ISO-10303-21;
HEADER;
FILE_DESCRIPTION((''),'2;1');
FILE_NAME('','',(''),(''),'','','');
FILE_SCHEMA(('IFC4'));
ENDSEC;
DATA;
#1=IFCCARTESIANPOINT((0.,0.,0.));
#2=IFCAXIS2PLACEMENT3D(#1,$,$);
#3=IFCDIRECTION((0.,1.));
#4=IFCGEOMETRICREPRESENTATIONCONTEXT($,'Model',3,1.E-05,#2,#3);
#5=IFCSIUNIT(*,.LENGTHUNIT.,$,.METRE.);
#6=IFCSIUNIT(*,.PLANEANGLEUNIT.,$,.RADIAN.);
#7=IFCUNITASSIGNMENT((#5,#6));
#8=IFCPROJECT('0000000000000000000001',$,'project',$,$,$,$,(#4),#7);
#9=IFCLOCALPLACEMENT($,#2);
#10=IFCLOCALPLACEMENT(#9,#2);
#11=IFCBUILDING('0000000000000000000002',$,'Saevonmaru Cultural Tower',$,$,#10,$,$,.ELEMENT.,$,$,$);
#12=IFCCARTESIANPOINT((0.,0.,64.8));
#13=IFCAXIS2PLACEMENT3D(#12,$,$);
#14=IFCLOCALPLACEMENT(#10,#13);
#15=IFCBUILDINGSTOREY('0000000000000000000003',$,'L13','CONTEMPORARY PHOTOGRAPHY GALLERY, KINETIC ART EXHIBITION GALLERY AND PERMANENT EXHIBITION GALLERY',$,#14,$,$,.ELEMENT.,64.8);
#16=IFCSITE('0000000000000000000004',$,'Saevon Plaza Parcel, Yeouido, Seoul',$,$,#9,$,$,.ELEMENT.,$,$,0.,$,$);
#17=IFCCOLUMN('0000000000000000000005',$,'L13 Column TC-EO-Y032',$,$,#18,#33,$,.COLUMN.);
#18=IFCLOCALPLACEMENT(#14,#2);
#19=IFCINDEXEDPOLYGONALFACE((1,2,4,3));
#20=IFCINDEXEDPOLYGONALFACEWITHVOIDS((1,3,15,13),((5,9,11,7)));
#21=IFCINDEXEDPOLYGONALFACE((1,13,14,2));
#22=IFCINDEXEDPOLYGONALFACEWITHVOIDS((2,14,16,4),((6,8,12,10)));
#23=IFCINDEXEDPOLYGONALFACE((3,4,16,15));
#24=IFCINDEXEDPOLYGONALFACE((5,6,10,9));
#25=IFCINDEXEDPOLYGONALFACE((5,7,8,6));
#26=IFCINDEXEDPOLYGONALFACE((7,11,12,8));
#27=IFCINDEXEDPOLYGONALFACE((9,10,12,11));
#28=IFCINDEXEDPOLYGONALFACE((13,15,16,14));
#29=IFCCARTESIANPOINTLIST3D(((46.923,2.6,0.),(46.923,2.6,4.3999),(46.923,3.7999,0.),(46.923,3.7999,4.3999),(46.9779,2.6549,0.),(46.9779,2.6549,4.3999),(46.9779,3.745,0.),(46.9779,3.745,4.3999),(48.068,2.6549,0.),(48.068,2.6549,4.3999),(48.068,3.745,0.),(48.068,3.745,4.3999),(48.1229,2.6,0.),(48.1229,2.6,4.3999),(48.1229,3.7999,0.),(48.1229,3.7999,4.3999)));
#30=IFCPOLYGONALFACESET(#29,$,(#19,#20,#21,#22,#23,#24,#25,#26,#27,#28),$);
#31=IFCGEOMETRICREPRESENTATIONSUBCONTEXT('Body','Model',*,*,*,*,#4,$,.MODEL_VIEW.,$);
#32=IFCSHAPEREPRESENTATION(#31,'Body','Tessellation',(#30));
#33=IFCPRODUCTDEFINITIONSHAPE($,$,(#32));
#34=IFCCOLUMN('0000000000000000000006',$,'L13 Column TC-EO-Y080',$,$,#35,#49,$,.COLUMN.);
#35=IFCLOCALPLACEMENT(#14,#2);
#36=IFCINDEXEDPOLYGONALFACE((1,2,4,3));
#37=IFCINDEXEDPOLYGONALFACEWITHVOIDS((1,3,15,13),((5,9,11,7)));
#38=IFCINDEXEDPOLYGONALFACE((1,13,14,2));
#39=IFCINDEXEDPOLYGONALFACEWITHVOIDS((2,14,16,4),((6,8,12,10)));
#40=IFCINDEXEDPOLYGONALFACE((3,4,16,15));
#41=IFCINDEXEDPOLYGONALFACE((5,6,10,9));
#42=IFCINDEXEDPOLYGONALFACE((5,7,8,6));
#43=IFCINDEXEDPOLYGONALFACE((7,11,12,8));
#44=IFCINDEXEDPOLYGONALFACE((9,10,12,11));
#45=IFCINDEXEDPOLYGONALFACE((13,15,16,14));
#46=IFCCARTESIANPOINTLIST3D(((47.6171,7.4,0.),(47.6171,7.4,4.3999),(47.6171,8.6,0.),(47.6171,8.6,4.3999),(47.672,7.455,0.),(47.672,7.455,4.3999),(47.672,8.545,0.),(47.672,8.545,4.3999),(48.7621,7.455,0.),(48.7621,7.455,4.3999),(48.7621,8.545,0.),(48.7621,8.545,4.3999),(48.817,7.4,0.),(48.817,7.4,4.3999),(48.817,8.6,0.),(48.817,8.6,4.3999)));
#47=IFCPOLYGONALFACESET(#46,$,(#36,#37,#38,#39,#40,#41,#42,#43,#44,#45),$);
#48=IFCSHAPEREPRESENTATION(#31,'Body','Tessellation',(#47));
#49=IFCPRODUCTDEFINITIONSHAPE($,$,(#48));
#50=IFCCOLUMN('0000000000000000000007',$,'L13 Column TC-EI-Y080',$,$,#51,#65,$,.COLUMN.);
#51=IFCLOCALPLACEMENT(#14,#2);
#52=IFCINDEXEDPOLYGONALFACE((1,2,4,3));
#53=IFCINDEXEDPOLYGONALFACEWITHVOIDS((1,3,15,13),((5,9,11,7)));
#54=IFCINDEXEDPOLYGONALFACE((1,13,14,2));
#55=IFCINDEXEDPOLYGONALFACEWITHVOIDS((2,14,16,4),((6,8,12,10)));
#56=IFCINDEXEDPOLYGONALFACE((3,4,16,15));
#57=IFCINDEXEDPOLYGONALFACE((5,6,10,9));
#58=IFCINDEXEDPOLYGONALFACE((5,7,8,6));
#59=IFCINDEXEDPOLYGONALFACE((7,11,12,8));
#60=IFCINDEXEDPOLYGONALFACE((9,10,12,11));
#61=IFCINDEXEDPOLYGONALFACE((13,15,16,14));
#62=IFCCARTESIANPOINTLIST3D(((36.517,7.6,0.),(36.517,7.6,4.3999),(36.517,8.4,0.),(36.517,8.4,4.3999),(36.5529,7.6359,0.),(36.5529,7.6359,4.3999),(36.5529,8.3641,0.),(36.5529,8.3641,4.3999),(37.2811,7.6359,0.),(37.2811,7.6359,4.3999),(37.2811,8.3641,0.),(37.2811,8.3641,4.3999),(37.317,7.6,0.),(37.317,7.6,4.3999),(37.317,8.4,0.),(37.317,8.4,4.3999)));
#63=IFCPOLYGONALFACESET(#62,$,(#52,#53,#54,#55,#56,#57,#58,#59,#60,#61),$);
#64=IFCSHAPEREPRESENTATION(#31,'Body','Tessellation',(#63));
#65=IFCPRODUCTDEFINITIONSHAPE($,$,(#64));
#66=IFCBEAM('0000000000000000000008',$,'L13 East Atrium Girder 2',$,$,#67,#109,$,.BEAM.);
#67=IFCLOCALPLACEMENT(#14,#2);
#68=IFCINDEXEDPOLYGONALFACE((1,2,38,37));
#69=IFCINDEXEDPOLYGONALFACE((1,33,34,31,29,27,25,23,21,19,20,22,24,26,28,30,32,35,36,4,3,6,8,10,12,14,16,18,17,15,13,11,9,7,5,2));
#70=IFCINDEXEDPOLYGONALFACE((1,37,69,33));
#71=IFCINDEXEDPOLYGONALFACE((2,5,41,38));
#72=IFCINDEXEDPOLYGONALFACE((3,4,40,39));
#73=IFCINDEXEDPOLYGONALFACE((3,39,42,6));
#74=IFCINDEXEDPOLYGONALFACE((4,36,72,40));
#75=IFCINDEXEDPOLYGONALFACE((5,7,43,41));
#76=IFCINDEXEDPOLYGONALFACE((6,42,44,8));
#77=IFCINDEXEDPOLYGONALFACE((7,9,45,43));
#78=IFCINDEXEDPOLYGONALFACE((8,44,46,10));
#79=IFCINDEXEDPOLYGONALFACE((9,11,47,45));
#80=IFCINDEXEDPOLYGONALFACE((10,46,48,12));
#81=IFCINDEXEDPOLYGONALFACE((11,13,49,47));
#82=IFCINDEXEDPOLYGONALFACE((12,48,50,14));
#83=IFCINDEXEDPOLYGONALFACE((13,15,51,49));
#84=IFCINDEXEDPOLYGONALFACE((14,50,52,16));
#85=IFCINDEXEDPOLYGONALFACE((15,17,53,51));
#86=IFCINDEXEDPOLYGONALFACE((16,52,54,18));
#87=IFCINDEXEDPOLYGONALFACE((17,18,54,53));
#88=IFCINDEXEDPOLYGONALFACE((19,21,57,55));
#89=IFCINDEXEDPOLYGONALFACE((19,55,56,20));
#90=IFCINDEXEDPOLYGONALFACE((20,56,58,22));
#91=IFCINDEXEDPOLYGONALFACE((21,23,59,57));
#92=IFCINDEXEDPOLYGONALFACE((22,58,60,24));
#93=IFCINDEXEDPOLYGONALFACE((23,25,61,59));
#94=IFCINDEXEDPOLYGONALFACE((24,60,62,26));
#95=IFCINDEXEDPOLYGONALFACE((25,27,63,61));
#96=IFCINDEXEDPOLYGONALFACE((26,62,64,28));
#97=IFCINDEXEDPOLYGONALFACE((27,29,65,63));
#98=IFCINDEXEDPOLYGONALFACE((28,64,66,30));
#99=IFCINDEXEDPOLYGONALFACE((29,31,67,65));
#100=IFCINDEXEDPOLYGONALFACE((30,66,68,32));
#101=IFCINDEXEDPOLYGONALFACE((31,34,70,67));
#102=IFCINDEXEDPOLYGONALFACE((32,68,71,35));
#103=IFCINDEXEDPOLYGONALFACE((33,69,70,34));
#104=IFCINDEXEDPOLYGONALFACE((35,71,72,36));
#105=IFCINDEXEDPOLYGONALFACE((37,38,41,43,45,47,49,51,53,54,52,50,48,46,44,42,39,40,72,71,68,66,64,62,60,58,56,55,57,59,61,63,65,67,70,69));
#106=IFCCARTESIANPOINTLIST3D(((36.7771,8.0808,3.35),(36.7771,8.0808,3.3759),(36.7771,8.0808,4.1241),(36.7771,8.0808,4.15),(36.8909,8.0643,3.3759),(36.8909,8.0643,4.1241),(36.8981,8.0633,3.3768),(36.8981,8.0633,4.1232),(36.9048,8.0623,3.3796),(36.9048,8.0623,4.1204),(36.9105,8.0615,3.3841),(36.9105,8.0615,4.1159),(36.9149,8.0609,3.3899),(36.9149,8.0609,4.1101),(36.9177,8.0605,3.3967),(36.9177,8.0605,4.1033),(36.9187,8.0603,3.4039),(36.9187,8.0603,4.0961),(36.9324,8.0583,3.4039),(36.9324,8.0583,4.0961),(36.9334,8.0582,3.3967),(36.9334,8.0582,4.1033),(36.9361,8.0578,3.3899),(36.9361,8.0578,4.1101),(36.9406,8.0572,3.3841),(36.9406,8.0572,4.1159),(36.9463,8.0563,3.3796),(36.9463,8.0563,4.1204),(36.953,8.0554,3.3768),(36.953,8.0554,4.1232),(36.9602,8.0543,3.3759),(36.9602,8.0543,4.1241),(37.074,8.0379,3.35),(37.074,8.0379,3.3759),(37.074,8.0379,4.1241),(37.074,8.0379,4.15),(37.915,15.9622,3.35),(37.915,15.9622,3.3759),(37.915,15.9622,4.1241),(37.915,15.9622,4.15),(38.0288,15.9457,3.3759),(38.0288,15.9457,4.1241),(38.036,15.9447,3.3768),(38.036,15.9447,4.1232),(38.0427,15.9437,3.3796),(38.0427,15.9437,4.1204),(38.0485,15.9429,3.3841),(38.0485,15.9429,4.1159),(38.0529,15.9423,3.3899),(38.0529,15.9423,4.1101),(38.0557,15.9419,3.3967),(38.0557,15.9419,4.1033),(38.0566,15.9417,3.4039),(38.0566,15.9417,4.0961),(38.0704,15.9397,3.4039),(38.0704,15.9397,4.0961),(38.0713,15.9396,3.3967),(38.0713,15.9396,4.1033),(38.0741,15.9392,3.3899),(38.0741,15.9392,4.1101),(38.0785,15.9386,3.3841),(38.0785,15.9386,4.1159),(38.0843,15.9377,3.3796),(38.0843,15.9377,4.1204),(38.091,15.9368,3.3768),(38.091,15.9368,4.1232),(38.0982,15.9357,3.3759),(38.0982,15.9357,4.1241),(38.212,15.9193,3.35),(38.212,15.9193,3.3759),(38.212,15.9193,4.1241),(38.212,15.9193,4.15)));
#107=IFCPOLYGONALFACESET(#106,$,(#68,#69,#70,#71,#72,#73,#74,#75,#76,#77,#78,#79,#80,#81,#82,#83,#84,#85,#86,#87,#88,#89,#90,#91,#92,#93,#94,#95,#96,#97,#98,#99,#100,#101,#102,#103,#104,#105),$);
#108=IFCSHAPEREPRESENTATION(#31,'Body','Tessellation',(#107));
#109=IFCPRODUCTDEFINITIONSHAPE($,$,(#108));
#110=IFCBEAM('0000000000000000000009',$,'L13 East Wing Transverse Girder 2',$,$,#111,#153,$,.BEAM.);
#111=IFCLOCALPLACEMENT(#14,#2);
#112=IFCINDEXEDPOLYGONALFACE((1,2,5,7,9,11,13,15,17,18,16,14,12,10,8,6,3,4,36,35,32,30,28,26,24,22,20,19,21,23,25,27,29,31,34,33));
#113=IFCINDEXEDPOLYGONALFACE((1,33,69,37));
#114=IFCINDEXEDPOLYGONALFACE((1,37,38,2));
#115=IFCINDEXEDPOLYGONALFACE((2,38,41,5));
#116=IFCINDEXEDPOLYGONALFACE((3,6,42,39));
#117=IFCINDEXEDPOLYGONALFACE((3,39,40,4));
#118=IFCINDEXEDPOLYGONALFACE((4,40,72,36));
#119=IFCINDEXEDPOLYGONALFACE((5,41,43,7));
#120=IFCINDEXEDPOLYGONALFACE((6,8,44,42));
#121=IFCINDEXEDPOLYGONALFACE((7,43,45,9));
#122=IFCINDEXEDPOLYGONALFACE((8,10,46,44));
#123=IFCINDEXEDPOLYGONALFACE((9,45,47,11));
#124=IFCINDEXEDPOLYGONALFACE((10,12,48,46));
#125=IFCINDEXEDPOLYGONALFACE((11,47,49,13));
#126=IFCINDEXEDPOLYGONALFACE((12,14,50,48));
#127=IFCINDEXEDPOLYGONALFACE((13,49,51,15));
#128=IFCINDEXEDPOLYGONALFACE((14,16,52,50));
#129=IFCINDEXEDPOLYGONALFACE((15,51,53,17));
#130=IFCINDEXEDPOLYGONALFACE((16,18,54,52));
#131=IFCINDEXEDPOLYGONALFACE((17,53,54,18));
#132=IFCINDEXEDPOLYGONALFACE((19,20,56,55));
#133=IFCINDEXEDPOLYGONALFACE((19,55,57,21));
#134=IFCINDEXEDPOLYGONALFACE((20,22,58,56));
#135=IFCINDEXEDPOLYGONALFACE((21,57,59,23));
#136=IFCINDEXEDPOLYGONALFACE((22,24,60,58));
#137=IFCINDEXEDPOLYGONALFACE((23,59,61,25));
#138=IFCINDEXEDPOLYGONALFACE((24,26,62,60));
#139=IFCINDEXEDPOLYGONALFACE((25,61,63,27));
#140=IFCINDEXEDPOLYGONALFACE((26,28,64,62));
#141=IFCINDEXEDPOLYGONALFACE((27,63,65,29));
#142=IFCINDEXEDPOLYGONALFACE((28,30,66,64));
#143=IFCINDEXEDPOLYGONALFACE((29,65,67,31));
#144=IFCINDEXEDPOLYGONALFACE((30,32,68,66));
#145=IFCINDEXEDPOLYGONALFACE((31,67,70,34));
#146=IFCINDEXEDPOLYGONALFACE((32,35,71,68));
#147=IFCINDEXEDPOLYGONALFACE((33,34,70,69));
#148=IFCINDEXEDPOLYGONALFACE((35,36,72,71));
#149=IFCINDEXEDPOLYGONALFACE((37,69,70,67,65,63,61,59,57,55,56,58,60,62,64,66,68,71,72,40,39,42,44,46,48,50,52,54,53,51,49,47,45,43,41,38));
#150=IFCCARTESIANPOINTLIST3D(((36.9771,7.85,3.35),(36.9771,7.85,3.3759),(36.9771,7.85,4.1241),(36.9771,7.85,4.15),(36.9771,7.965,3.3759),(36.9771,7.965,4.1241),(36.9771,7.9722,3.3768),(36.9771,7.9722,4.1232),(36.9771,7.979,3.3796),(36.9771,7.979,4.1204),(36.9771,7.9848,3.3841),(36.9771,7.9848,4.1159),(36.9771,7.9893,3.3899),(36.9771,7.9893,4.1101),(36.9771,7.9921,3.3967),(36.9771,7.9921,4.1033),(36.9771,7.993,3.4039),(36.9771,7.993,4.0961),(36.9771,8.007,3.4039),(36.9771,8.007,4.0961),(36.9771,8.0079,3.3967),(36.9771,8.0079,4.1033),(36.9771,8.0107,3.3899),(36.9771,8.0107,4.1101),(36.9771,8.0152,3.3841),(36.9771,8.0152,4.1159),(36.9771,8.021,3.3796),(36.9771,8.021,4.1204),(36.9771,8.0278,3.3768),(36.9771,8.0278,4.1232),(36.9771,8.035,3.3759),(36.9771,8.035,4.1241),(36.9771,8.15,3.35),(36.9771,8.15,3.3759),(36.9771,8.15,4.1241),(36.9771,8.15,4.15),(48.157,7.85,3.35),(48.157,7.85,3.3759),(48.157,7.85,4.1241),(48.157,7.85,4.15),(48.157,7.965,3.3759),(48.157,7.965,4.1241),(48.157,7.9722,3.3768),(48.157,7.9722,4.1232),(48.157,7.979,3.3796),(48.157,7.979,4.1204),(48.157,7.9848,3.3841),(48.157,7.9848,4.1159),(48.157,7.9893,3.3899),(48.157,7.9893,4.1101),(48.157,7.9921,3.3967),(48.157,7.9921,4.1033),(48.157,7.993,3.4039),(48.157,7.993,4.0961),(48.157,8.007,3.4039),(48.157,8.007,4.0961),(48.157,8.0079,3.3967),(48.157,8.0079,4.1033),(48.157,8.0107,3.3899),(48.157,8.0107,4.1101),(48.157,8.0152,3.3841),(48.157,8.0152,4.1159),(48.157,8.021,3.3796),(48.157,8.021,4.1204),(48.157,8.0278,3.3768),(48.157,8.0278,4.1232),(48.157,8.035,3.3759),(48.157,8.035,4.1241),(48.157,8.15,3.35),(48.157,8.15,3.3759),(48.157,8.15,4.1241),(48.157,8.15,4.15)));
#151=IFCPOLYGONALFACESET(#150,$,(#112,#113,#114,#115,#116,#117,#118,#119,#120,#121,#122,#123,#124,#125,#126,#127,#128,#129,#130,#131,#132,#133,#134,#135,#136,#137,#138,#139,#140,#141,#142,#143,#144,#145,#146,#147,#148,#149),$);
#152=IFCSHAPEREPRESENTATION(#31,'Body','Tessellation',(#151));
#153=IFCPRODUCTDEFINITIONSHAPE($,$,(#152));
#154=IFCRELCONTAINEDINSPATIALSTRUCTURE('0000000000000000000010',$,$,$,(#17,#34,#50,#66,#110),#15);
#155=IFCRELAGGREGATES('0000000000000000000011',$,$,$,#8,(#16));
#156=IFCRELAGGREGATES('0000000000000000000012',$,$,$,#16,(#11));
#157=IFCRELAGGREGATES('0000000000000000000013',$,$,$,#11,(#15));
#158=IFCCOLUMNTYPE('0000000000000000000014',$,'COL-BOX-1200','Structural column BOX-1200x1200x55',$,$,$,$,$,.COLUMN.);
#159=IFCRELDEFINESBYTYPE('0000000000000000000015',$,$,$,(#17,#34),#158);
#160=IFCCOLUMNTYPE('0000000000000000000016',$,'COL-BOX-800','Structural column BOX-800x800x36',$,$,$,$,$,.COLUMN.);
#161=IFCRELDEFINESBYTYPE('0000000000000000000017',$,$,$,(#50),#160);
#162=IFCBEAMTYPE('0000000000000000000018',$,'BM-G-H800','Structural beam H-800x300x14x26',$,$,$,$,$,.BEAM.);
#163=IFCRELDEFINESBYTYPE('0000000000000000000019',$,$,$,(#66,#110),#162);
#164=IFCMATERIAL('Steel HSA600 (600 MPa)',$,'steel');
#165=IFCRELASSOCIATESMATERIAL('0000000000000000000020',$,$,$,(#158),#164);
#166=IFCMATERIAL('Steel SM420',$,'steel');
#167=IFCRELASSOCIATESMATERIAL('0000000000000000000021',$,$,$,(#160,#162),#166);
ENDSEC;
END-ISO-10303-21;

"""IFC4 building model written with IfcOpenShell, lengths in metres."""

from ifc_helpers import new_model, si_unit, direction, frame, origin, origin_2d, place, context, subcontext, project, spatial, hollow_rectangle, i_section, extrude, material, material_profile, profile_set, type_object, element, save


model = new_model("IFC4")

# Units and contexts
model_context = context("Model", 3, precision=1e-05, world=origin(), true_north=direction((0.0, 1.0)))
body_context = subcontext(model_context, "Body", "Model", "MODEL_VIEW")
ifc_project = project(units=[si_unit("LENGTHUNIT", "METRE"), si_unit("PLANEANGLEUNIT", "RADIAN")], contexts=[model_context])

# Site, building, storey
site_placement = place(None, origin())
site = spatial("IfcSite", under=ifc_project, at=site_placement, Name="Saevon Plaza Parcel, Yeouido, Seoul", CompositionType="ELEMENT", RefElevation=0.0)
building_placement = place(site_placement, origin())
building = spatial("IfcBuilding", under=site, at=building_placement, Name="Saevonmaru Cultural Tower", CompositionType="ELEMENT")
storey_placement = place(building_placement, frame((0.0, 0.0, 64.8)))
storey = spatial("IfcBuildingStorey", under=building, at=storey_placement, Name="L13", Description="CONTEMPORARY PHOTOGRAPHY GALLERY, KINETIC ART EXHIBITION GALLERY AND PERMANENT EXHIBITION GALLERY", CompositionType="ELEMENT", Elevation=64.8)

# Columns
ifc_material_1 = material(Name="Steel HSA600 (600 MPa)", Category="steel")
ifc_material_profile_1 = material_profile(ifc_material_1, hollow_rectangle(XDim=1.2, YDim=1.2, WallThickness=0.0549, at=origin_2d()), Name="BOX-1200x1200x55")
ifc_profile_set_1 = profile_set([ifc_material_profile_1], Name="Steel HSA600 (600 MPa)")
column_type_1 = type_object("IfcColumnType", Name="COL-BOX-1200", Description="Structural column BOX-1200x1200x55", PredefinedType="COLUMN", material=ifc_profile_set_1)
for number, where, z_axis, x_axis, name in (
    (1, (47.5229, 3.2, 0.0), (0.0, 0.0, 1.0), (1.0, 0.0, 0.0), "L13 Column TC-EO-Y032"),
    (2, (48.217, 8.0, 0.0), (0.0, 0.0, 1.0), (1.0, 0.0, 0.0), "L13 Column TC-EO-Y080"),
):
    element("IfcColumn", number, at=place(storey_placement, frame(where, z_axis=z_axis, x_axis=x_axis)), inside=storey, type_object=column_type_1, Name=name, PredefinedType="COLUMN", context=body_context, shape_type="SweptSolid", body=[
        extrude(hollow_rectangle(XDim=1.2, YDim=1.2, WallThickness=0.0549, at=origin_2d()), origin(), (0.0, 0.0, 1.0), 4.3999),
    ])
ifc_material_2 = material(Name="Steel SM420", Category="steel")
ifc_material_profile_2 = material_profile(ifc_material_2, hollow_rectangle(XDim=0.8, YDim=0.8, WallThickness=0.0359, at=origin_2d()), Name="BOX-800x800x36")
ifc_profile_set_2 = profile_set([ifc_material_profile_2], Name="Steel SM420")
column_type_2 = type_object("IfcColumnType", Name="COL-BOX-800", Description="Structural column BOX-800x800x36", PredefinedType="COLUMN", material=ifc_profile_set_2)
column_placement = place(storey_placement, frame((36.917, 8.0, 0.0), z_axis=(0.0, 0.0, 1.0), x_axis=(1.0, 0.0, 0.0)))
element("IfcColumn", 3, at=column_placement, inside=storey, type_object=column_type_2, Name="L13 Column TC-EI-Y080", PredefinedType="COLUMN", context=body_context, shape_type="SweptSolid", body=[
    extrude(hollow_rectangle(XDim=0.8, YDim=0.8, WallThickness=0.0359, at=origin_2d()), origin(), (0.0, 0.0, 1.0), 4.3999),
])

# Beams
ifc_material_profile_3 = material_profile(ifc_material_2, i_section(OverallWidth=0.3, OverallDepth=0.8, WebThickness=0.0139, FlangeThickness=0.0259, FilletRadius=0.0281, at=origin_2d()), Name="H-800x300x14x26")
ifc_profile_set_3 = profile_set([ifc_material_profile_3], Name="Steel SM420")
beam_type_1 = type_object("IfcBeamType", Name="BM-G-H800", Description="Structural beam H-800x300x14x26", PredefinedType="BEAM", material=ifc_profile_set_3)
beam_1_placement = place(storey_placement, frame((36.9255, 8.0593, 3.75), z_axis=(0.142902, 0.989737, 0.0), x_axis=(-0.989737, 0.142902, 0.0)))
element("IfcBeam", 4, at=beam_1_placement, inside=storey, type_object=beam_type_1, Name="L13 East Atrium Girder 2", PredefinedType="BEAM", context=body_context, shape_type="SweptSolid", body=[
    extrude(i_section(OverallWidth=0.3, OverallDepth=0.8, WebThickness=0.0139, FlangeThickness=0.0259, FilletRadius=0.0281, at=origin_2d()), origin(), (0.0, 0.0, 1.0), 7.9631),
])
beam_2_placement = place(storey_placement, frame((36.9771, 8.0, 3.75), z_axis=(1.0, 0.0, 0.0), x_axis=(0.0, 1.0, 0.0)))
element("IfcBeam", 5, at=beam_2_placement, inside=storey, type_object=beam_type_1, Name="L13 East Wing Transverse Girder 2", PredefinedType="BEAM", context=body_context, shape_type="SweptSolid", body=[
    extrude(i_section(OverallWidth=0.3, OverallDepth=0.8, WebThickness=0.0139, FlangeThickness=0.0259, FilletRadius=0.0281, at=origin_2d()), origin(), (0.0, 0.0, 1.0), 11.1799),
])

save(model, "model.ifc")
